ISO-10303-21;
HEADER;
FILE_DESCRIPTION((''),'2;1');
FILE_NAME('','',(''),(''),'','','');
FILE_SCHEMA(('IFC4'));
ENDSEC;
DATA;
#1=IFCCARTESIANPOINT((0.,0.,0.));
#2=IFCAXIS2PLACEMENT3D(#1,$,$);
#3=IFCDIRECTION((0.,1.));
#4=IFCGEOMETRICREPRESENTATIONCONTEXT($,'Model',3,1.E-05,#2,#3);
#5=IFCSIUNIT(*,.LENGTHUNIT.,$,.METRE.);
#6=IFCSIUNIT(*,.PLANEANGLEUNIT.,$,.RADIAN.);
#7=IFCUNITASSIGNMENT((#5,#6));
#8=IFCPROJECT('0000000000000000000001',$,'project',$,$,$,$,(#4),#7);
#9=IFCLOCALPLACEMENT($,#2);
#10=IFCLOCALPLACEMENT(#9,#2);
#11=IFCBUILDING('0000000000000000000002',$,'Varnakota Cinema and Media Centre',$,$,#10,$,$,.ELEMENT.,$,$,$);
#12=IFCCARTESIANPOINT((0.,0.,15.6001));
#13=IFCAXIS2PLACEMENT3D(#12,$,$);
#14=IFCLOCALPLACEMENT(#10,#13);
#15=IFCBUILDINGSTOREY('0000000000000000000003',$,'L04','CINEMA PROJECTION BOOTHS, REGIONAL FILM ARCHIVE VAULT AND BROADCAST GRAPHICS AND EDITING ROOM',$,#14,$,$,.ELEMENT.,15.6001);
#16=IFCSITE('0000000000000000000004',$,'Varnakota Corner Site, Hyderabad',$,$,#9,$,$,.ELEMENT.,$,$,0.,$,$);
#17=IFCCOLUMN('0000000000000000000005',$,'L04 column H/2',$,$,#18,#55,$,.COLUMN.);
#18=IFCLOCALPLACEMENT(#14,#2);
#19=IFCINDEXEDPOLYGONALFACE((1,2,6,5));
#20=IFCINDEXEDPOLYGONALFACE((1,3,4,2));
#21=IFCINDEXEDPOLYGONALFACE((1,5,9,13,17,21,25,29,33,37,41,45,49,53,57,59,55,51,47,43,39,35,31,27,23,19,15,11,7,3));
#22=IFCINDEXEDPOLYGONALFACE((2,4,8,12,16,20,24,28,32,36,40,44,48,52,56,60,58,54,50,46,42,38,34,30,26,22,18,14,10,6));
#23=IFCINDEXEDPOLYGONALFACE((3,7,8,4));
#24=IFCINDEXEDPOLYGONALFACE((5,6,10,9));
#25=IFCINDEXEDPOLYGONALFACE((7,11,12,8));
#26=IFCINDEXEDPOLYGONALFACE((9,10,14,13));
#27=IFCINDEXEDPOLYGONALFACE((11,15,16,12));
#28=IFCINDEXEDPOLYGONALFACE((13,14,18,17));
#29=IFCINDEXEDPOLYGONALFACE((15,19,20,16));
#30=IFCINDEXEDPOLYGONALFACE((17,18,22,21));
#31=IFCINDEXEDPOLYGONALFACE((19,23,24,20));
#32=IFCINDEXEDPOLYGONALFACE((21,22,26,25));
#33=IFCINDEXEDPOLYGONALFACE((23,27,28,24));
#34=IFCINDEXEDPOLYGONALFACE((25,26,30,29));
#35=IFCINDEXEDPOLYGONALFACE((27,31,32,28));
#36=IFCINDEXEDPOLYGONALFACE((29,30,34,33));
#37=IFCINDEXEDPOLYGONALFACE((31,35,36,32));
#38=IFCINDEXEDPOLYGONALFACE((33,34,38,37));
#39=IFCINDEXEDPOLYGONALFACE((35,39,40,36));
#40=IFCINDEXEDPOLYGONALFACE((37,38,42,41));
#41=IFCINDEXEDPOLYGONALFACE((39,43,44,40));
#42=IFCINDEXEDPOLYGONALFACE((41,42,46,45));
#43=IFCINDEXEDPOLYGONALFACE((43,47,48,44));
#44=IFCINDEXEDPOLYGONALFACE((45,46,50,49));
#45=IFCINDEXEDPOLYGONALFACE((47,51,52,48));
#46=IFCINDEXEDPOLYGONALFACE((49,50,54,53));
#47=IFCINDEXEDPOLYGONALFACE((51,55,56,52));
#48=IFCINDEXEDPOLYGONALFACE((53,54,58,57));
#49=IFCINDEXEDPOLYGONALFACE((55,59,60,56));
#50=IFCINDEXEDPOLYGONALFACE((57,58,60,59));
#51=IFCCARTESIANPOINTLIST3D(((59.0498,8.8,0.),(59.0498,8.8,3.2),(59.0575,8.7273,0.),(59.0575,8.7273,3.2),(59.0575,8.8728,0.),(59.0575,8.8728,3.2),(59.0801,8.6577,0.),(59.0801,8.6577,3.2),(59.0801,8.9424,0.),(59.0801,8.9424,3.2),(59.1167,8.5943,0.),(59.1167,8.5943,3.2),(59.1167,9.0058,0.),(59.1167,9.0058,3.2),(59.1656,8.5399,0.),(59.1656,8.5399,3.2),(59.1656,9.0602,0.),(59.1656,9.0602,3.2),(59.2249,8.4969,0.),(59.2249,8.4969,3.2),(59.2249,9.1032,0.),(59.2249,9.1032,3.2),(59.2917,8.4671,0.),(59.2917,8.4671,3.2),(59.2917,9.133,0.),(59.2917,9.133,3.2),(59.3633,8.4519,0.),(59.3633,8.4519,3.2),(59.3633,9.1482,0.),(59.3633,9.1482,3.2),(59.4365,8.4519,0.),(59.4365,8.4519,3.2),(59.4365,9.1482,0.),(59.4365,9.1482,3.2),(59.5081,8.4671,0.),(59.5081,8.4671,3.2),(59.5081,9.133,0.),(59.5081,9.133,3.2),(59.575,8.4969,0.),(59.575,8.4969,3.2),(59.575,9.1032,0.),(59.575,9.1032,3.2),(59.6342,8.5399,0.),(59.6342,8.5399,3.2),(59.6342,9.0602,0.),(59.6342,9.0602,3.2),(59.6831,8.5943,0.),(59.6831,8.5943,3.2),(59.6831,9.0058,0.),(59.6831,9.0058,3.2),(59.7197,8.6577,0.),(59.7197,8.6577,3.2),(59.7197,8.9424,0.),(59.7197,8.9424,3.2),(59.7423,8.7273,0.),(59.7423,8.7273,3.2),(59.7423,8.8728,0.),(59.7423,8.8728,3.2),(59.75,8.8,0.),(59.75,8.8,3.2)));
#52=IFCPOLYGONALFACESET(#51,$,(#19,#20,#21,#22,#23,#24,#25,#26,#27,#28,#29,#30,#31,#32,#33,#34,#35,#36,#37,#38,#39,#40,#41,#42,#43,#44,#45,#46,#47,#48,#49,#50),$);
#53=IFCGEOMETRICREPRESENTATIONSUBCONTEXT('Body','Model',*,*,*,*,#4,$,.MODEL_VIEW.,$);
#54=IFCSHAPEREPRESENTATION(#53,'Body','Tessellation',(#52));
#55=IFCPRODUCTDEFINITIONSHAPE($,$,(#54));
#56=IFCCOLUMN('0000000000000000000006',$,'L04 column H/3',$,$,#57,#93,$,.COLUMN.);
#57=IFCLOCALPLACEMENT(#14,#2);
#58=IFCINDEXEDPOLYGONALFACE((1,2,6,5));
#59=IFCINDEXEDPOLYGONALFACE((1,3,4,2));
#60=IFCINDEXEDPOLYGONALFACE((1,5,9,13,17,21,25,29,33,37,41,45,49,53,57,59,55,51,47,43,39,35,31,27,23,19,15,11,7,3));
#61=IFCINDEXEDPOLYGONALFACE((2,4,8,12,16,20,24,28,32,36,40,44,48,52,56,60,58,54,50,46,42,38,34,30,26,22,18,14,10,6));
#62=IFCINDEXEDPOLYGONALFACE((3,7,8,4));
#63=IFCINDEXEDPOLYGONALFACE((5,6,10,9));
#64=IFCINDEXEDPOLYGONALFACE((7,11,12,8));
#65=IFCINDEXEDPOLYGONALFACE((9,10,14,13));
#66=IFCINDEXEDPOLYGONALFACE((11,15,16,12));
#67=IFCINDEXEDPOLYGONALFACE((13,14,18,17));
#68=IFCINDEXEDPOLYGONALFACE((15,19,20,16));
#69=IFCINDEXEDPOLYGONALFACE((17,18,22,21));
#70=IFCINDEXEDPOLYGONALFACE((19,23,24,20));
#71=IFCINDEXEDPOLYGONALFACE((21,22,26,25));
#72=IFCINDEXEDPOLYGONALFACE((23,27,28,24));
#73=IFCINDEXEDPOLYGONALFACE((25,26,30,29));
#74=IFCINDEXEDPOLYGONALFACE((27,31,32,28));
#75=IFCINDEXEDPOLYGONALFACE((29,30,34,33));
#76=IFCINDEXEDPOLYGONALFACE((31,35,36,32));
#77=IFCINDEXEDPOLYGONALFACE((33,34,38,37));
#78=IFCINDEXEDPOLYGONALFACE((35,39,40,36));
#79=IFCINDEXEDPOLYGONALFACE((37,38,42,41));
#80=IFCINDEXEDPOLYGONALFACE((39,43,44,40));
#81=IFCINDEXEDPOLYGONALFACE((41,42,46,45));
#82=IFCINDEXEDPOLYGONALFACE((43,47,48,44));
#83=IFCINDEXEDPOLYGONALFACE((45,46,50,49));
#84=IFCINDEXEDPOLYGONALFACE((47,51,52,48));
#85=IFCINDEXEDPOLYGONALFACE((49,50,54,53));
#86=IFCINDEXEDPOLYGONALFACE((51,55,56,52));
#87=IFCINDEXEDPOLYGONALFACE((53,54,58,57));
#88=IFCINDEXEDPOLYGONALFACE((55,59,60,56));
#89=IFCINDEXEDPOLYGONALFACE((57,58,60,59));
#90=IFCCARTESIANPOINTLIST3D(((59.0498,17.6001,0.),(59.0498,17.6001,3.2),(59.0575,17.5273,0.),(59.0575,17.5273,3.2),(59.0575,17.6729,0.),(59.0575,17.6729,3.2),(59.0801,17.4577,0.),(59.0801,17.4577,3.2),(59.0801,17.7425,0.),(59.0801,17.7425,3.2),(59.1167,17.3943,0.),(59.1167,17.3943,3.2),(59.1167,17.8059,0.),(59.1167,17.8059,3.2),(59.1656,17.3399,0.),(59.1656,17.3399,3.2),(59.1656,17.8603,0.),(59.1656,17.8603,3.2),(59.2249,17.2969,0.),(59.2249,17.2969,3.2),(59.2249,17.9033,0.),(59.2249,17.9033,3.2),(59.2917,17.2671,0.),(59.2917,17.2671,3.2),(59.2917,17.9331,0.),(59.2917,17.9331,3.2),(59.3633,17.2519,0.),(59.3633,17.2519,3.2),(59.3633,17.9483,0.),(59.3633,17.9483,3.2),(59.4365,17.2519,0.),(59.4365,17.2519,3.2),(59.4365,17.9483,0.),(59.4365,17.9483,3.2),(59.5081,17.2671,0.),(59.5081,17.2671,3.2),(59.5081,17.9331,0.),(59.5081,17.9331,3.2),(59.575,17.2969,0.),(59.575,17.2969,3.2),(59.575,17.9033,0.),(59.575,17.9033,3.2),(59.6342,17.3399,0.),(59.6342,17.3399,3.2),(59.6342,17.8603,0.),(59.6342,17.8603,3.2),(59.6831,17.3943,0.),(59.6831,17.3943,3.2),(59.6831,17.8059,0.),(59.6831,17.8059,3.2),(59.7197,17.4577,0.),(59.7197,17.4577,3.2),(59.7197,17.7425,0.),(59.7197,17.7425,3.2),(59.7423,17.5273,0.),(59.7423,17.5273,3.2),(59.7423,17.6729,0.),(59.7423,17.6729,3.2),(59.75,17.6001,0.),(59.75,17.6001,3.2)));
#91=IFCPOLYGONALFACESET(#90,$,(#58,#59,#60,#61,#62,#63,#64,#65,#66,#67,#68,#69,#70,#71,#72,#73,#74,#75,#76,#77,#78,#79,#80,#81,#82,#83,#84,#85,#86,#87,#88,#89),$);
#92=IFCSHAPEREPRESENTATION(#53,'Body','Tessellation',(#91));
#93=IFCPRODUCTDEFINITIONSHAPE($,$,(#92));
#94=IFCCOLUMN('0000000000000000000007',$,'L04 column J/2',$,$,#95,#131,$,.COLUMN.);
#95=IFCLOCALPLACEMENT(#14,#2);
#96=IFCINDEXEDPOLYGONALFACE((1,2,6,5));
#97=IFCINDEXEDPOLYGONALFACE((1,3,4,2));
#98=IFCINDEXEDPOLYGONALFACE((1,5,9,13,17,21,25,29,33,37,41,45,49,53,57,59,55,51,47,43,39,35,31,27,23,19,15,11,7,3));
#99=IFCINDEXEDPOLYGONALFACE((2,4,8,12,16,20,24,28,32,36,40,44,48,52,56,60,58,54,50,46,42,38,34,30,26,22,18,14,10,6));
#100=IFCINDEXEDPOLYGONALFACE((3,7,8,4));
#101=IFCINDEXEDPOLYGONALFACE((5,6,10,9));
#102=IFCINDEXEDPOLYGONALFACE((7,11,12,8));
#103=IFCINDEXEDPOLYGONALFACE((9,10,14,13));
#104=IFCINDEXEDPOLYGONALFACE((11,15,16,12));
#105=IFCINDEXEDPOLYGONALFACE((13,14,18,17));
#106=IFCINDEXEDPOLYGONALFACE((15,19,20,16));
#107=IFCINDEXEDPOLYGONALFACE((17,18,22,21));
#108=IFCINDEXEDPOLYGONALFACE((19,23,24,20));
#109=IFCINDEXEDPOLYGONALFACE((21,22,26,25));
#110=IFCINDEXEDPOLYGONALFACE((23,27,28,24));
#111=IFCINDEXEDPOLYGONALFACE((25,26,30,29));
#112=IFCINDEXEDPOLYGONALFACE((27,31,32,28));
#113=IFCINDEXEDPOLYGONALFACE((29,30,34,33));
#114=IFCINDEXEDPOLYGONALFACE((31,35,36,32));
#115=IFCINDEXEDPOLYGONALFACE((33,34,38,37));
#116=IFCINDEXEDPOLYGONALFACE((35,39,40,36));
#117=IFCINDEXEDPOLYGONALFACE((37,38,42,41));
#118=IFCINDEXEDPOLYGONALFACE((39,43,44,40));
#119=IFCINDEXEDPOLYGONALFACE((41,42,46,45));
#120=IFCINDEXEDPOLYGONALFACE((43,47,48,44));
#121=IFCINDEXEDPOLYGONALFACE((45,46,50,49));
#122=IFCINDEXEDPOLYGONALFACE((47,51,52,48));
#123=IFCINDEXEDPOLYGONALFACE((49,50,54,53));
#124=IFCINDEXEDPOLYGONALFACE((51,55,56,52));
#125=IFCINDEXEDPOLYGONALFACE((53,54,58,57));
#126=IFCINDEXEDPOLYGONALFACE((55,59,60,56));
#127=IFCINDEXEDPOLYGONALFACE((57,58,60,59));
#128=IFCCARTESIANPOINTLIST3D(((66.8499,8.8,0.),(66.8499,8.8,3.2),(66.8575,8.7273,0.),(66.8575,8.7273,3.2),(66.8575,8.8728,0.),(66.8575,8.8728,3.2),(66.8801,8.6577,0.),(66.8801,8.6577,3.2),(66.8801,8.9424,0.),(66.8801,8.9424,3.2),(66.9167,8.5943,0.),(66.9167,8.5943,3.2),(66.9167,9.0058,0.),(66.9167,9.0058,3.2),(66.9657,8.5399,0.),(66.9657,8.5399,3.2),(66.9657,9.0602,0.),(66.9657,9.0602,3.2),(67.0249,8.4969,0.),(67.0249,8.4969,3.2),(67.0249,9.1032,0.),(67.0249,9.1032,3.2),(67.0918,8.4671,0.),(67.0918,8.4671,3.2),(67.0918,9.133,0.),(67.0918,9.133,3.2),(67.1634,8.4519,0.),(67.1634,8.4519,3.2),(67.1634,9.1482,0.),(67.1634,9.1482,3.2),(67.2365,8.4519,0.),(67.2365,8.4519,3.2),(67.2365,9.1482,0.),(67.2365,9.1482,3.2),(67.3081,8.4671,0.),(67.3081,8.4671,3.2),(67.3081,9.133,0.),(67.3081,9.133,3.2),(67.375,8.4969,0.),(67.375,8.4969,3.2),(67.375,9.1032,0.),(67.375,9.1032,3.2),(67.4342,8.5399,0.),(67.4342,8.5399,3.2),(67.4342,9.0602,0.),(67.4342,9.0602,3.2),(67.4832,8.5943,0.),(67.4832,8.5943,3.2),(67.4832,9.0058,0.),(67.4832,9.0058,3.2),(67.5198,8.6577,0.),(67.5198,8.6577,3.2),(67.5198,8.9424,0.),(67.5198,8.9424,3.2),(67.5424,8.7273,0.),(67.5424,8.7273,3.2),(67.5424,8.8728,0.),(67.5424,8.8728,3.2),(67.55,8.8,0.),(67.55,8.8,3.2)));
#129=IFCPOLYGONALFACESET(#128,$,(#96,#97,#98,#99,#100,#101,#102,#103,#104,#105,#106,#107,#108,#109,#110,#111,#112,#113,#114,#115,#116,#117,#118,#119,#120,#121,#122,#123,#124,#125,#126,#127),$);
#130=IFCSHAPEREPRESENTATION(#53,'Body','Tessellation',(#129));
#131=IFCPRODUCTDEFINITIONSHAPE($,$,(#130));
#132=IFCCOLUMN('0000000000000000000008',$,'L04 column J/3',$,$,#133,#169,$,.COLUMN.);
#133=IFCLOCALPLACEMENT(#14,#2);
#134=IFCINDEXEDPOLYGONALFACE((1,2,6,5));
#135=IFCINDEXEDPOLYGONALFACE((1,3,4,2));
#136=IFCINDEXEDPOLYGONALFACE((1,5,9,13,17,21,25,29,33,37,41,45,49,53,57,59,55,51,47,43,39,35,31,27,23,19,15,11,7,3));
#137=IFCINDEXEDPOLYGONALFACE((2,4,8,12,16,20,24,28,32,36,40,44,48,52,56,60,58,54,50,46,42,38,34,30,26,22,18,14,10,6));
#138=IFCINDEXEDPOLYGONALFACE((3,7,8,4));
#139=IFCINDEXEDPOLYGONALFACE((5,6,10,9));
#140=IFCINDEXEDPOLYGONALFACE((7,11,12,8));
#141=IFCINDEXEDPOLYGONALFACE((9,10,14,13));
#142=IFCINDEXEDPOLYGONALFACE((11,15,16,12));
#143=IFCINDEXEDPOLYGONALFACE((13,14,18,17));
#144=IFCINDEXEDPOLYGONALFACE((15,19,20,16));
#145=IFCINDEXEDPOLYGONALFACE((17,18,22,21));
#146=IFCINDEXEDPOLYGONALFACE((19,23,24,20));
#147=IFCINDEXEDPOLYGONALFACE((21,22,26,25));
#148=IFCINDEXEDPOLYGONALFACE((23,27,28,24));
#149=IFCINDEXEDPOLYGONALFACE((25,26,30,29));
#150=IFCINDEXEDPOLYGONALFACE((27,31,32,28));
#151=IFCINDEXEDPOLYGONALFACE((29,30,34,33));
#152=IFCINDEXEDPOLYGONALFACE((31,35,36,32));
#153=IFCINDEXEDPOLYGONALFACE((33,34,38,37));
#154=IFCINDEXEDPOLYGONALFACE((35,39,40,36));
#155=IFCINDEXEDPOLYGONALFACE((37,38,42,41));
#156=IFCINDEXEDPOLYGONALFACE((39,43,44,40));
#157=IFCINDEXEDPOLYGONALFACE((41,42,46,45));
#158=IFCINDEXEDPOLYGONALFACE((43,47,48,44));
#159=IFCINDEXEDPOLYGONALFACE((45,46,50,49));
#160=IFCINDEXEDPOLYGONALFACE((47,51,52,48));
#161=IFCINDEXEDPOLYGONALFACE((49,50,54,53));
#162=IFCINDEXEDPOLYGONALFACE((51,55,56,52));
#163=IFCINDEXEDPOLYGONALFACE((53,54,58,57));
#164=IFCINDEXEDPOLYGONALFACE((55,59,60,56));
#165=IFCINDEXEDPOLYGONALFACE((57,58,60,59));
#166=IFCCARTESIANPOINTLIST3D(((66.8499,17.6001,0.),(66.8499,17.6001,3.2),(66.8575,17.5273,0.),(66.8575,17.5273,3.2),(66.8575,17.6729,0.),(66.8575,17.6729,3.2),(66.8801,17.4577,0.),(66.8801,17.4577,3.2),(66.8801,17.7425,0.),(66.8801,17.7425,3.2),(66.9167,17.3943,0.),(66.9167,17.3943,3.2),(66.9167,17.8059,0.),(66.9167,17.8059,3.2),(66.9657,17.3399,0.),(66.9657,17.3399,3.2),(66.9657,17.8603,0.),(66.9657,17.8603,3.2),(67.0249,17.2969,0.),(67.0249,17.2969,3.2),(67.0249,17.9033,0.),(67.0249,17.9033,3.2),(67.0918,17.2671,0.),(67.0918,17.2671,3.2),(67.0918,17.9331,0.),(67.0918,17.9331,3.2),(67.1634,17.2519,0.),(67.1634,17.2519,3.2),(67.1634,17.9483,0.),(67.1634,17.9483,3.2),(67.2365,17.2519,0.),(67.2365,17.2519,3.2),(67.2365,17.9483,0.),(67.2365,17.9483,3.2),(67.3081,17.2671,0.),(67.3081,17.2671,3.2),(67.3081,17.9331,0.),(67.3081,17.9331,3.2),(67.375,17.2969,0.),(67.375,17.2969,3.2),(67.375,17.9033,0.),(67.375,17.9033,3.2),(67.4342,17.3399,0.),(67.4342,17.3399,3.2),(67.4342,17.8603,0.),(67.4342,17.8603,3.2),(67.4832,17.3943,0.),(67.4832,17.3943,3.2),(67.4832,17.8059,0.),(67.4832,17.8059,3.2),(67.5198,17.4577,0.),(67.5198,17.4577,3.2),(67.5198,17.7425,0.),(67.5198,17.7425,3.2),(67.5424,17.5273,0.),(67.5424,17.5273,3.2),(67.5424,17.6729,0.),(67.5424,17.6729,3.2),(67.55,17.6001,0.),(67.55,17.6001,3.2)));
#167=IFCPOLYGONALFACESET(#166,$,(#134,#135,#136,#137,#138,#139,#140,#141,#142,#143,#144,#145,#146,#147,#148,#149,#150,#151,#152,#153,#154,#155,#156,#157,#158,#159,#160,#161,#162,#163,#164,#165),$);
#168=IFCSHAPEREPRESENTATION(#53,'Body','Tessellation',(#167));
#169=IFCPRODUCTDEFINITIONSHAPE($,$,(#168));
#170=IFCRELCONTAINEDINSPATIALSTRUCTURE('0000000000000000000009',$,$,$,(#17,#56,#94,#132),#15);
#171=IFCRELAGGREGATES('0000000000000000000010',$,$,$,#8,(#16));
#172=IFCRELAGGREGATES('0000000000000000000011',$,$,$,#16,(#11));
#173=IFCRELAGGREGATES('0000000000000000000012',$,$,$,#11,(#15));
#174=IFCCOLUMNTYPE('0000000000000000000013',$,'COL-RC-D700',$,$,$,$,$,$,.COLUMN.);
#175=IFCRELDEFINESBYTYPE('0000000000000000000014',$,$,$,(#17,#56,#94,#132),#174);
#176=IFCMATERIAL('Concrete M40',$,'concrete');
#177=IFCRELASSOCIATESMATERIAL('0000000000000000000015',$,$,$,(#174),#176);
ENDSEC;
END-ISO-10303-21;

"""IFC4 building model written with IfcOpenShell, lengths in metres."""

from ifc_helpers import new_model, si_unit, direction, frame, origin, origin_2d, place, context, subcontext, project, spatial, circle, extrude, material, material_profile, profile_set, type_object, element, save


model = new_model("IFC4")

# Units and contexts
model_context = context("Model", 3, precision=1e-05, world=origin(), true_north=direction((0.0, 1.0)))
body_context = subcontext(model_context, "Body", "Model", "MODEL_VIEW")
ifc_project = project(units=[si_unit("LENGTHUNIT", "METRE"), si_unit("PLANEANGLEUNIT", "RADIAN")], contexts=[model_context])

# Site, building, storey
site_placement = place(None, origin())
site = spatial("IfcSite", under=ifc_project, at=site_placement, Name="Varnakota Corner Site, Hyderabad", CompositionType="ELEMENT", RefElevation=0.0)
building_placement = place(site_placement, origin())
building = spatial("IfcBuilding", under=site, at=building_placement, Name="Varnakota Cinema and Media Centre", CompositionType="ELEMENT")
storey_placement = place(building_placement, frame((0.0, 0.0, 15.6001)))
storey = spatial("IfcBuildingStorey", under=building, at=storey_placement, Name="L04", Description="CINEMA PROJECTION BOOTHS, REGIONAL FILM ARCHIVE VAULT AND BROADCAST GRAPHICS AND EDITING ROOM", CompositionType="ELEMENT", Elevation=15.6001)

# Columns
ifc_material_1 = material(Name="Concrete M40", Category="concrete")
ifc_material_profile_1 = material_profile(ifc_material_1, circle(Radius=0.3501, at=origin_2d()), Name="RC D700")
ifc_profile_set_1 = profile_set([ifc_material_profile_1], Name="Concrete M40")
column_type_1 = type_object("IfcColumnType", Name="COL-RC-D700", PredefinedType="COLUMN", material=ifc_profile_set_1)
for number, where, z_axis, x_axis, name in (
    (1, (59.3999, 8.8, 0.0), (0.0, 0.0, 1.0), (1.0, 0.0, 0.0), "L04 column H/2"),
    (2, (59.3999, 17.6001, 0.0), (0.0, 0.0, 1.0), (1.0, 0.0, 0.0), "L04 column H/3"),
    (3, (67.2, 8.8, 0.0), (0.0, 0.0, 1.0), (1.0, 0.0, 0.0), "L04 column J/2"),
    (4, (67.2, 17.6001, 0.0), (0.0, 0.0, 1.0), (1.0, 0.0, 0.0), "L04 column J/3"),
):
    element("IfcColumn", number, at=place(storey_placement, frame(where, z_axis=z_axis, x_axis=x_axis)), inside=storey, type_object=column_type_1, Name=name, PredefinedType="COLUMN", context=body_context, shape_type="SweptSolid", body=[
        extrude(circle(Radius=0.3501, at=origin_2d()), origin(), (0.0, 0.0, 1.0), 3.2),
    ])

save(model, "model.ifc")
